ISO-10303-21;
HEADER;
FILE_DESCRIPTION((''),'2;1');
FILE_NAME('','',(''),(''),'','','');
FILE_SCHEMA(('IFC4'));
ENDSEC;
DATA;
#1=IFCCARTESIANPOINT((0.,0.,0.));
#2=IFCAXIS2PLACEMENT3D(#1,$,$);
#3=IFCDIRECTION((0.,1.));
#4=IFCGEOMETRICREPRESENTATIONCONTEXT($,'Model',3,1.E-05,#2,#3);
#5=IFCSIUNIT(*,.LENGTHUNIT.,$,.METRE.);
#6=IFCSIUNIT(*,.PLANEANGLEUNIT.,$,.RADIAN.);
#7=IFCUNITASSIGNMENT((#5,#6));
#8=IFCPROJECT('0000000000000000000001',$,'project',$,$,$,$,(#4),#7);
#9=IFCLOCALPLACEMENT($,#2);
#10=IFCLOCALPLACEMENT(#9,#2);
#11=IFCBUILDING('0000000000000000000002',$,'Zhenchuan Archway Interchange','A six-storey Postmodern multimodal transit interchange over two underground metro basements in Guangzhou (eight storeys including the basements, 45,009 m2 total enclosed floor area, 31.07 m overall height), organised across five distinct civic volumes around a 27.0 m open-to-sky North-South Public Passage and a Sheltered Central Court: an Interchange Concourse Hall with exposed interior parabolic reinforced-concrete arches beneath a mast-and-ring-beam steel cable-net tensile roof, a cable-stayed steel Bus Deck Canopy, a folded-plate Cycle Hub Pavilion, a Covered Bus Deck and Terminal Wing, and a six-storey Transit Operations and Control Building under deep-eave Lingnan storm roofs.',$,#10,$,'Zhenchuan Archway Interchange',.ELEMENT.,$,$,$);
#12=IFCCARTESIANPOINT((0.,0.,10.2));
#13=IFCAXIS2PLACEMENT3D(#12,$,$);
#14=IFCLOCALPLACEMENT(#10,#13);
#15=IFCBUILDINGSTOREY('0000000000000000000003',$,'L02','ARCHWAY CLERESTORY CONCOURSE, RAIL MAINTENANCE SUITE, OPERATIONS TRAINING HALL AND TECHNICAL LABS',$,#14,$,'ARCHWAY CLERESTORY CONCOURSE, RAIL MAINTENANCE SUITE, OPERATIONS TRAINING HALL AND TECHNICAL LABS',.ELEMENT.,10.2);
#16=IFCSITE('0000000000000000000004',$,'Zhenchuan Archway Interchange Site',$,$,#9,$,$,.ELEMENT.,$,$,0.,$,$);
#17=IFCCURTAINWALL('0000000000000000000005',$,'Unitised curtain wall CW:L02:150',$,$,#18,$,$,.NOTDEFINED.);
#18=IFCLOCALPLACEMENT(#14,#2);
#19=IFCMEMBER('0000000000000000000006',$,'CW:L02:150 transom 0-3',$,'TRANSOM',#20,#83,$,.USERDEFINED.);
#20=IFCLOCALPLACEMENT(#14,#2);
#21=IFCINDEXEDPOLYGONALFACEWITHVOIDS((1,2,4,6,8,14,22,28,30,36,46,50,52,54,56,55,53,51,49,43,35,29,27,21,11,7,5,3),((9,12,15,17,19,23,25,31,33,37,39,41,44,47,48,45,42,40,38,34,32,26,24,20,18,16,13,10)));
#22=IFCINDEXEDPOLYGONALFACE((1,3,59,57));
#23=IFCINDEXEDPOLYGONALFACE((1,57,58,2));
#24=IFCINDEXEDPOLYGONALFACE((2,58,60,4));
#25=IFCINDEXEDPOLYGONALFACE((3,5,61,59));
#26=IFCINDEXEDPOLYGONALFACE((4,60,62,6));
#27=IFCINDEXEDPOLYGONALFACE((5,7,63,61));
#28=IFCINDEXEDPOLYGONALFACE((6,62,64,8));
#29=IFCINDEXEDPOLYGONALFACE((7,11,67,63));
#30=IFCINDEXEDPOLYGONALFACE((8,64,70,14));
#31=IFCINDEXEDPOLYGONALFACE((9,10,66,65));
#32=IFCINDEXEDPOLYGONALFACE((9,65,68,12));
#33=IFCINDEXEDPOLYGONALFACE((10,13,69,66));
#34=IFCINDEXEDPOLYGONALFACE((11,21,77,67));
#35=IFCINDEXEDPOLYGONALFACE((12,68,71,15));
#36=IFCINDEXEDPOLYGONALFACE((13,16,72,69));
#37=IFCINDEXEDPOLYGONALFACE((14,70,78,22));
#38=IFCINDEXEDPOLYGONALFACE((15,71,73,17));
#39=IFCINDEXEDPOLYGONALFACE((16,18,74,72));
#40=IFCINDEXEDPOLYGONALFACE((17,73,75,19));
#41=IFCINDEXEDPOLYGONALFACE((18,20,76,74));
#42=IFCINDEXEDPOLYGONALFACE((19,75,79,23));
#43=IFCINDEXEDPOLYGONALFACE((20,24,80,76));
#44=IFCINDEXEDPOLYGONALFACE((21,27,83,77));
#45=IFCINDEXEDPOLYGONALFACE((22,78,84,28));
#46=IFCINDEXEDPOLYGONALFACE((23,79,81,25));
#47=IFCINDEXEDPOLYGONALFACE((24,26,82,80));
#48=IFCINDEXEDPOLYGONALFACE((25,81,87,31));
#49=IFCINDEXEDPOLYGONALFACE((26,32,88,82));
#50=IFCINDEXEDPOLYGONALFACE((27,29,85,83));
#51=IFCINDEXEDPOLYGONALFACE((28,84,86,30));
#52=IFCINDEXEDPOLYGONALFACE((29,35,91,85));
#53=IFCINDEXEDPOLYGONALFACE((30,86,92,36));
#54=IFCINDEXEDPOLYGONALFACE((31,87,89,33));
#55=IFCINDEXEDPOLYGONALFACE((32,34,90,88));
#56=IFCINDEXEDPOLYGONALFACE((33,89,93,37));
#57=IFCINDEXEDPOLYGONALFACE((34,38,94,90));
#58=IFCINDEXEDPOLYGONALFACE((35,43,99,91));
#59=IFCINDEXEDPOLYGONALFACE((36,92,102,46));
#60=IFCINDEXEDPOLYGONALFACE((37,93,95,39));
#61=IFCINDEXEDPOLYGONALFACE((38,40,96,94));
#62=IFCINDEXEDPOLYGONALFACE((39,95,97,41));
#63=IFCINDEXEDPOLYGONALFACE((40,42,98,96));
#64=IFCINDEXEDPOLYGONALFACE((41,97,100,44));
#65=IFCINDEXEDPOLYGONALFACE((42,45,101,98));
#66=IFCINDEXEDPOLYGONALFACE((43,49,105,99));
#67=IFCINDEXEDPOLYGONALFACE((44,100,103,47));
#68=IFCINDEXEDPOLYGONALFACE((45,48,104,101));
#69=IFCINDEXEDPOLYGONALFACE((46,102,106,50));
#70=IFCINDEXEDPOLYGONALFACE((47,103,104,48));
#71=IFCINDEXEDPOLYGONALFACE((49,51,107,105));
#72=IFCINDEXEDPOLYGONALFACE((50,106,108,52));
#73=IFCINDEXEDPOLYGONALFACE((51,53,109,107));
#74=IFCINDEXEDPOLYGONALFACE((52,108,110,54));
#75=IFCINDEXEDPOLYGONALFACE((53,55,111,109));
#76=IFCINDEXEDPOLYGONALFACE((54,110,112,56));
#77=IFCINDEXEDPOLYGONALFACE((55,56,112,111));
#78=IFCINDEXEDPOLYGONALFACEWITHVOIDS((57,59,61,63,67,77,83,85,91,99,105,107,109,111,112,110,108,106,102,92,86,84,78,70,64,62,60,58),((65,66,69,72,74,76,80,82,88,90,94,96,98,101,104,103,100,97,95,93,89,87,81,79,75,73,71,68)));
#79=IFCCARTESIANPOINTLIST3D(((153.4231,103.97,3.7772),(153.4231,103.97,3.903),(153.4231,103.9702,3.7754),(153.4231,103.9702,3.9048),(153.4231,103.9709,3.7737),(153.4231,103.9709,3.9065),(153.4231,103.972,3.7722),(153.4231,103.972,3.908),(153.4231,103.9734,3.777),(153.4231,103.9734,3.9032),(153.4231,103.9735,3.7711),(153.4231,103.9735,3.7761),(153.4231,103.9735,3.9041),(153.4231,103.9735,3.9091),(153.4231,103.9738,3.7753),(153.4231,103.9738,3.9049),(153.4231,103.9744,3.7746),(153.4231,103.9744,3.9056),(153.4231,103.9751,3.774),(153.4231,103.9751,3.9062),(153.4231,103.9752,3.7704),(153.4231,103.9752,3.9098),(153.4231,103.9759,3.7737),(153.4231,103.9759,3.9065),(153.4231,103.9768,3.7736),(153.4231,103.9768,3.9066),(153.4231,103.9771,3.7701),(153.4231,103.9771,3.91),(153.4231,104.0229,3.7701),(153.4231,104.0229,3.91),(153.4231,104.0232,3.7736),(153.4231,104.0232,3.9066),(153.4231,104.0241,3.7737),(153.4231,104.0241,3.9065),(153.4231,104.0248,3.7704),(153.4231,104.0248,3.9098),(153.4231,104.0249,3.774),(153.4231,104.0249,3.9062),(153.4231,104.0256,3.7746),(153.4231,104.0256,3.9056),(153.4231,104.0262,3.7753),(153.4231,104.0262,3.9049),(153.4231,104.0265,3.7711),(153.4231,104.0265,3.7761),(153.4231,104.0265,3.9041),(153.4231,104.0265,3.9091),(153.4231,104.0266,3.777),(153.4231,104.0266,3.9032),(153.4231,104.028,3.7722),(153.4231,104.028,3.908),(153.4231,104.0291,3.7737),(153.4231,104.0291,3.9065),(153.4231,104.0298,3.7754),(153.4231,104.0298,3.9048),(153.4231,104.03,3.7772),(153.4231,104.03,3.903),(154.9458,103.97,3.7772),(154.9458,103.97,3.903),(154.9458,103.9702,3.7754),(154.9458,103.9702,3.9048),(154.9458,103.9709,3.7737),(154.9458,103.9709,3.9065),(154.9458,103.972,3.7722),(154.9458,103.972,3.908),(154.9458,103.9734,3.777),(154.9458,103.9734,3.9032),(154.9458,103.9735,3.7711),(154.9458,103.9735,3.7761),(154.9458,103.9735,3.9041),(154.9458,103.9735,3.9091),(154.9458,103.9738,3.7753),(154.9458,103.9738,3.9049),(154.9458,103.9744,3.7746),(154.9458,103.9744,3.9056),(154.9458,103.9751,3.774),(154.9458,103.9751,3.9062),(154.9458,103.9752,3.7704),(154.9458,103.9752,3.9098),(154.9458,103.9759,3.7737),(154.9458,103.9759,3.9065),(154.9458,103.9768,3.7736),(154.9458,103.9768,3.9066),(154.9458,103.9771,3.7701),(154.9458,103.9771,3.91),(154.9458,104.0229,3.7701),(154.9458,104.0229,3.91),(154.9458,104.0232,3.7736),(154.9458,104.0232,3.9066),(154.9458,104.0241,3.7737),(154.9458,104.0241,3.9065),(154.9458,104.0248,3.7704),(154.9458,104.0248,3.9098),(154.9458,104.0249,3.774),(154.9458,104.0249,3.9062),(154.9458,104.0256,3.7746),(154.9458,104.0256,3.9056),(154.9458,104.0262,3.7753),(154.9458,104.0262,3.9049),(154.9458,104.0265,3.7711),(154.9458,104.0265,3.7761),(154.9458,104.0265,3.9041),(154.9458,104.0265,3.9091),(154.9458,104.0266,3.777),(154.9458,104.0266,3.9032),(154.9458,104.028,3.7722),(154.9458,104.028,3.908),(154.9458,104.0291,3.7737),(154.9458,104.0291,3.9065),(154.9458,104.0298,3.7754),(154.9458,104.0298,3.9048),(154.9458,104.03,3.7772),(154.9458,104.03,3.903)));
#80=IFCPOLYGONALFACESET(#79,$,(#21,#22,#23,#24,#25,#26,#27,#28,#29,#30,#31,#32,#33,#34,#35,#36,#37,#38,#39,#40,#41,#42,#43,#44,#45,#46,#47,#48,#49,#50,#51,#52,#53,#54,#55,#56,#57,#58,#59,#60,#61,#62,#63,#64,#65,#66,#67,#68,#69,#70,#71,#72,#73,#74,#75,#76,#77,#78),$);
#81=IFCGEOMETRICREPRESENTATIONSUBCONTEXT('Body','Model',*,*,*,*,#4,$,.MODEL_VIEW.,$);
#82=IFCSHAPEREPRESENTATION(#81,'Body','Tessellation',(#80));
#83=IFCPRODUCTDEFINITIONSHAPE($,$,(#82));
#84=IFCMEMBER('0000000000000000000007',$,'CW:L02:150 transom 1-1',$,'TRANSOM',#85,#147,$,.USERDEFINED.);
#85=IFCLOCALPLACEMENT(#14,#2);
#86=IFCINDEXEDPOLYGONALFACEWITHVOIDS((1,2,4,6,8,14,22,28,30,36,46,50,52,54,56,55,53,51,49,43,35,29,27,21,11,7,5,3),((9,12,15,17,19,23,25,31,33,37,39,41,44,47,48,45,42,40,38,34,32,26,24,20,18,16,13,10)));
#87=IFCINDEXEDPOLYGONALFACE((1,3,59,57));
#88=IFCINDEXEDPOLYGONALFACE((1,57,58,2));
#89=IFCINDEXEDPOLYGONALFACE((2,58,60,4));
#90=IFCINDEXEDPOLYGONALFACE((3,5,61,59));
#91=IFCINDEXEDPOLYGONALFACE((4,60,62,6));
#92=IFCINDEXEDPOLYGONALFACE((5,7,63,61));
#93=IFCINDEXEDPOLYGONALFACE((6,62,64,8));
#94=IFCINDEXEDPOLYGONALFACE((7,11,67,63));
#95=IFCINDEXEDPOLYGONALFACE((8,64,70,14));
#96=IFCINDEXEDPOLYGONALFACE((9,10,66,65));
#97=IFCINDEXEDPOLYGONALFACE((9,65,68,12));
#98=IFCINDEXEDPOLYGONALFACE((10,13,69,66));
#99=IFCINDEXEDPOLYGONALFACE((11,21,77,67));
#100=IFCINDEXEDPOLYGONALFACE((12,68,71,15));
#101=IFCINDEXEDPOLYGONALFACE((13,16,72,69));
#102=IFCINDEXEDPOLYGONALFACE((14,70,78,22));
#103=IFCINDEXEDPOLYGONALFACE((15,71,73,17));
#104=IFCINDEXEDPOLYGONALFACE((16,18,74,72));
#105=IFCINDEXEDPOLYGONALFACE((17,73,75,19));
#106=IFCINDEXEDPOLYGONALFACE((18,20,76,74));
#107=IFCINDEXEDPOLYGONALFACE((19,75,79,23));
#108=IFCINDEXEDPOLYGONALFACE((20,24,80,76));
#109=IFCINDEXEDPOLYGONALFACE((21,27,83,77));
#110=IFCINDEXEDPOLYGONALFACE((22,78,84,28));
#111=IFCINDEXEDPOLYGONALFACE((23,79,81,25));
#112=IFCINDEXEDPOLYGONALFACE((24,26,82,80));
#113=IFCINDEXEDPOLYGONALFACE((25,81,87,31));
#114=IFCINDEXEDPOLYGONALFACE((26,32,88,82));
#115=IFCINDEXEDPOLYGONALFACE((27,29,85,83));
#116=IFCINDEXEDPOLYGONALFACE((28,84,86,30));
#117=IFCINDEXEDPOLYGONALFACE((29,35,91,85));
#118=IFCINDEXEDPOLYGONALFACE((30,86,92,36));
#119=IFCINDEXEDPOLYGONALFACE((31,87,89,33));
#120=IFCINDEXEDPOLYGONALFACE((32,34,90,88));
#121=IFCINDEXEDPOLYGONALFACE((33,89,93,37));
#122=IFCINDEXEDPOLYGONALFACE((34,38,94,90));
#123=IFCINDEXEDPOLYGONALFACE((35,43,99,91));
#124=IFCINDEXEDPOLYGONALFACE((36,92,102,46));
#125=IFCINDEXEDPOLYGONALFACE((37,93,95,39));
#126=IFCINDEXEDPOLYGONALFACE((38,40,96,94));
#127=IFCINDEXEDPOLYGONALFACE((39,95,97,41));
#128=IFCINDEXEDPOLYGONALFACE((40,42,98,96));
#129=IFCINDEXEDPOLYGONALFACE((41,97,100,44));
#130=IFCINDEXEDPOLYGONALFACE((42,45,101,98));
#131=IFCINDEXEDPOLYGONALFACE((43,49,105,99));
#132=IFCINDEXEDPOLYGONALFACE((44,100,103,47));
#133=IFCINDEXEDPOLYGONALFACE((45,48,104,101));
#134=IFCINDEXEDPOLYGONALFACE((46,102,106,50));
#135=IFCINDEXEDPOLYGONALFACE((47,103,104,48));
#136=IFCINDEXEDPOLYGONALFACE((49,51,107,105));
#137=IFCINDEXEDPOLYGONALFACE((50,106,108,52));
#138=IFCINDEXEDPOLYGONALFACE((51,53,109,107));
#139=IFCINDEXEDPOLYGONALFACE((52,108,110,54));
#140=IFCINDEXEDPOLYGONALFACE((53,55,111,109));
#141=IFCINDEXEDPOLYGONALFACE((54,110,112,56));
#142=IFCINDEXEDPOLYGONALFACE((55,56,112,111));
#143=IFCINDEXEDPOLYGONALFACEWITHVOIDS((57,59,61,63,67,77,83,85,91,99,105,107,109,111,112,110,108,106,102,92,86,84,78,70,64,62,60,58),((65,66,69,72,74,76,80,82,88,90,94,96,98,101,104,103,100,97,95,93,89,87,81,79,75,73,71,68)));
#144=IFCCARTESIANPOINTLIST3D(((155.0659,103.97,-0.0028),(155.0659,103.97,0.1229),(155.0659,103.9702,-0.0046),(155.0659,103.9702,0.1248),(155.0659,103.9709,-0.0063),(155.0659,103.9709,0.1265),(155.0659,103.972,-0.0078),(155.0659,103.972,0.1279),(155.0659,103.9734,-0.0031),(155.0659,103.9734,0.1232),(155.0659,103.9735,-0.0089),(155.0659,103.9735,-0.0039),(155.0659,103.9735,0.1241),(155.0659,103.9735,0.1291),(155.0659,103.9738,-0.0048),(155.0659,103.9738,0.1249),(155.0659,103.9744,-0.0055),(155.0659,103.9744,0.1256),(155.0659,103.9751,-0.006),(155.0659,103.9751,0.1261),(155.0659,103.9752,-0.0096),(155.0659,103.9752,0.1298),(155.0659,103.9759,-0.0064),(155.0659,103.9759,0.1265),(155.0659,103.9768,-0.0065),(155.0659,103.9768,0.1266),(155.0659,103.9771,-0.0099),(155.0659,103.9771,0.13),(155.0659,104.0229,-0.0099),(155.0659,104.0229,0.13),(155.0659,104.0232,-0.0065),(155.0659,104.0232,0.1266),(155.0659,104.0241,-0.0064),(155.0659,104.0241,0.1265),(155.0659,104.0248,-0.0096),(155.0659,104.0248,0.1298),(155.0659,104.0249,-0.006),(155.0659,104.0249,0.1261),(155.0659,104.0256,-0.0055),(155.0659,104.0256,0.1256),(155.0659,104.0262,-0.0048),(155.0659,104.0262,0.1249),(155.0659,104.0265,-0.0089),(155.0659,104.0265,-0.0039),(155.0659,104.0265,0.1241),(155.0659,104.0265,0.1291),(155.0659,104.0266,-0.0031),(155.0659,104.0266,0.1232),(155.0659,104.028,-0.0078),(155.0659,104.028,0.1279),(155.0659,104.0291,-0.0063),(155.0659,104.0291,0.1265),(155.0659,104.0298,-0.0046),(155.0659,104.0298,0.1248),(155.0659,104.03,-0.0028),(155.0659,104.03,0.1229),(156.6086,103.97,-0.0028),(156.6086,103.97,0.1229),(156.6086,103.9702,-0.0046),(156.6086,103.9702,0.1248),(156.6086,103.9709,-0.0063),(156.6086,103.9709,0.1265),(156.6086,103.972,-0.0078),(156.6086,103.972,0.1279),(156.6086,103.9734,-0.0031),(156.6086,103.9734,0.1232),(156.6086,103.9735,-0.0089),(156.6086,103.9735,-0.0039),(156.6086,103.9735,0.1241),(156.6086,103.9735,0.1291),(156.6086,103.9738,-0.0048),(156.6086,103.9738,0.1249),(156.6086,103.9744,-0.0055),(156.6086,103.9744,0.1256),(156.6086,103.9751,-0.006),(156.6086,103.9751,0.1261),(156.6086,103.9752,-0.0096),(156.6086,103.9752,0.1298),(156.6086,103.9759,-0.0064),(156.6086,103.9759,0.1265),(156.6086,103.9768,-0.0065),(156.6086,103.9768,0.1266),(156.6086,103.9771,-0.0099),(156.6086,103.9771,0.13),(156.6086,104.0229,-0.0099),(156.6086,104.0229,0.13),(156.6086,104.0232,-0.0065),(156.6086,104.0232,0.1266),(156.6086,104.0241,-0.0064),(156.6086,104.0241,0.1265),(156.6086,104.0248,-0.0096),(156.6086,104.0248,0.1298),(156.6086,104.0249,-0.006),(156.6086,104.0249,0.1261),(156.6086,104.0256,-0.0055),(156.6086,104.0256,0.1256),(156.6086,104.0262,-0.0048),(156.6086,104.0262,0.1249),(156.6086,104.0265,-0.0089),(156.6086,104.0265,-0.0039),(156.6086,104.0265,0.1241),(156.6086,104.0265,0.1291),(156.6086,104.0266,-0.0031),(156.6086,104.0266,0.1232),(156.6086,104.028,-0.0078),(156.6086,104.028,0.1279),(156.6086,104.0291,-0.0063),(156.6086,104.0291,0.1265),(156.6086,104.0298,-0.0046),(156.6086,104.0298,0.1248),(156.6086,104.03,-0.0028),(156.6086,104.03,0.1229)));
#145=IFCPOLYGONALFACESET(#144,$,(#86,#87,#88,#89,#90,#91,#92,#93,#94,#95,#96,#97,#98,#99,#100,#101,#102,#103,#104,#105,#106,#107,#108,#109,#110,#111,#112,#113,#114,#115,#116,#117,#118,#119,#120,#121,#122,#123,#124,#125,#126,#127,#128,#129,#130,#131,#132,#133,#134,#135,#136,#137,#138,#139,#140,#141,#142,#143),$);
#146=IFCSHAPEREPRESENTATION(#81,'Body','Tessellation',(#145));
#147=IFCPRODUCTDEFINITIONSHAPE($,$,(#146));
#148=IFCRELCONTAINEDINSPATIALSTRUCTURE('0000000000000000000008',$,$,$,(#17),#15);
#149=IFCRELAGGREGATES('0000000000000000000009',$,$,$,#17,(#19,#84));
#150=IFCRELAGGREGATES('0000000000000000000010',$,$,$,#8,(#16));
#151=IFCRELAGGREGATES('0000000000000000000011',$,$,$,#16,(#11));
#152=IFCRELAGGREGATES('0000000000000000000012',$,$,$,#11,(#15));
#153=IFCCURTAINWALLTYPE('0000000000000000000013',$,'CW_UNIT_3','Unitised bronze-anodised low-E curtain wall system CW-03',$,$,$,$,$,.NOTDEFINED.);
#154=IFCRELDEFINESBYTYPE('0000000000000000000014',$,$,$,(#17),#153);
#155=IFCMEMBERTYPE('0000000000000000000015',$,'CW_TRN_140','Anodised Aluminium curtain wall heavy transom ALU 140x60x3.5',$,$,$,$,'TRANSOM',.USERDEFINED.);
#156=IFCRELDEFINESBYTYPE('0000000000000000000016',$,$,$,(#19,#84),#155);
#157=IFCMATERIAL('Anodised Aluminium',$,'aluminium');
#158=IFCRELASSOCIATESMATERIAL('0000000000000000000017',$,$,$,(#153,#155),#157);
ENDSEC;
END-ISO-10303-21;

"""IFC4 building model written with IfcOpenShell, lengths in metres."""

from ifc_helpers import new_model, si_unit, direction, frame, origin, origin_2d, place, context, subcontext, project, spatial, hollow_rectangle, extrude, material, material_profile, profile_set, type_object, element, aggregate, save


model = new_model("IFC4")

# Units and contexts
model_context = context("Model", 3, precision=1e-05, world=origin(), true_north=direction((0.0, 1.0)))
body_context = subcontext(model_context, "Body", "Model", "MODEL_VIEW")
ifc_project = project(units=[si_unit("LENGTHUNIT", "METRE"), si_unit("PLANEANGLEUNIT", "RADIAN")], contexts=[model_context])

# Site, building, storey
site_placement = place(None, origin())
site = spatial("IfcSite", under=ifc_project, at=site_placement, Name="Zhenchuan Archway Interchange Site", CompositionType="ELEMENT", RefElevation=0.0)
building_placement = place(site_placement, origin())
building = spatial("IfcBuilding", under=site, at=building_placement, Name="Zhenchuan Archway Interchange", Description="A six-storey Postmodern multimodal transit interchange over two underground metro basements in Guangzhou (eight storeys including the basements, 45,009 m2 total enclosed floor area, 31.07 m overall height), organised across five distinct civic volumes around a 27.0 m open-to-sky North-South Public Passage and a Sheltered Central Court: an Interchange Concourse Hall with exposed interior parabolic reinforced-concrete arches beneath a mast-and-ring-beam steel cable-net tensile roof, a cable-stayed steel Bus Deck Canopy, a folded-plate Cycle Hub Pavilion, a Covered Bus Deck and Terminal Wing, and a six-storey Transit Operations and Control Building under deep-eave Lingnan storm roofs.", LongName="Zhenchuan Archway Interchange", CompositionType="ELEMENT")
storey_placement = place(building_placement, frame((0.0, 0.0, 10.2)))
storey = spatial("IfcBuildingStorey", under=building, at=storey_placement, Name="L02", Description="ARCHWAY CLERESTORY CONCOURSE, RAIL MAINTENANCE SUITE, OPERATIONS TRAINING HALL AND TECHNICAL LABS", LongName="ARCHWAY CLERESTORY CONCOURSE, RAIL MAINTENANCE SUITE, OPERATIONS TRAINING HALL AND TECHNICAL LABS", CompositionType="ELEMENT", Elevation=10.2)

# Curtain wall, members
ifc_material_1 = material(Name="Anodised Aluminium", Category="aluminium")
curtain_wall_type = type_object("IfcCurtainWallType", Name="CW_UNIT_3", Description="Unitised bronze-anodised low-E curtain wall system CW-03", PredefinedType="NOTDEFINED", material=ifc_material_1)
curtain_wall_placement = place(storey_placement, origin())
curtain_wall = element("IfcCurtainWall", 1, at=curtain_wall_placement, inside=storey, type_object=curtain_wall_type, Name="Unitised curtain wall CW:L02:150", PredefinedType="NOTDEFINED")
ifc_material_profile_1 = material_profile(ifc_material_1, hollow_rectangle(XDim=0.0601, YDim=0.1399, WallThickness=0.0034, InnerFilletRadius=0.0034, OuterFilletRadius=0.0071, at=origin_2d()), Name="ALU 140x60x3.5")
ifc_profile_set_1 = profile_set([ifc_material_profile_1], Name="Anodised Aluminium")
member_type_1 = type_object("IfcMemberType", Name="CW_TRN_140", Description="Anodised Aluminium curtain wall heavy transom ALU 140x60x3.5", ElementType="TRANSOM", PredefinedType="USERDEFINED", material=ifc_profile_set_1)
member_1_placement = place(storey_placement, frame((153.4231, 104.0, 3.8401), z_axis=(1.0, 0.0, 0.0), x_axis=(0.0, 1.0, 0.0)))
member_1 = element("IfcMember", 2, at=member_1_placement, type_object=member_type_1, Name="CW:L02:150 transom 0-3", ObjectType="TRANSOM", PredefinedType="USERDEFINED", context=body_context, shape_type="SweptSolid", body=[
    extrude(hollow_rectangle(XDim=0.0601, YDim=0.1399, WallThickness=0.0034, InnerFilletRadius=0.0034, OuterFilletRadius=0.0071, at=origin_2d()), origin(), (0.0, 0.0, 1.0), 1.5227),
])
member_2_placement = place(storey_placement, frame((155.0659, 104.0, 0.0601), z_axis=(1.0, 0.0, 0.0), x_axis=(0.0, 1.0, 0.0)))
member_2 = element("IfcMember", 3, at=member_2_placement, type_object=member_type_1, Name="CW:L02:150 transom 1-1", ObjectType="TRANSOM", PredefinedType="USERDEFINED", context=body_context, shape_type="SweptSolid", body=[
    extrude(hollow_rectangle(XDim=0.0601, YDim=0.1399, WallThickness=0.0034, InnerFilletRadius=0.0034, OuterFilletRadius=0.0071, at=origin_2d()), origin(), (0.0, 0.0, 1.0), 1.5427),
])

aggregate(curtain_wall, [member_1, member_2])

save(model, "model.ifc")
